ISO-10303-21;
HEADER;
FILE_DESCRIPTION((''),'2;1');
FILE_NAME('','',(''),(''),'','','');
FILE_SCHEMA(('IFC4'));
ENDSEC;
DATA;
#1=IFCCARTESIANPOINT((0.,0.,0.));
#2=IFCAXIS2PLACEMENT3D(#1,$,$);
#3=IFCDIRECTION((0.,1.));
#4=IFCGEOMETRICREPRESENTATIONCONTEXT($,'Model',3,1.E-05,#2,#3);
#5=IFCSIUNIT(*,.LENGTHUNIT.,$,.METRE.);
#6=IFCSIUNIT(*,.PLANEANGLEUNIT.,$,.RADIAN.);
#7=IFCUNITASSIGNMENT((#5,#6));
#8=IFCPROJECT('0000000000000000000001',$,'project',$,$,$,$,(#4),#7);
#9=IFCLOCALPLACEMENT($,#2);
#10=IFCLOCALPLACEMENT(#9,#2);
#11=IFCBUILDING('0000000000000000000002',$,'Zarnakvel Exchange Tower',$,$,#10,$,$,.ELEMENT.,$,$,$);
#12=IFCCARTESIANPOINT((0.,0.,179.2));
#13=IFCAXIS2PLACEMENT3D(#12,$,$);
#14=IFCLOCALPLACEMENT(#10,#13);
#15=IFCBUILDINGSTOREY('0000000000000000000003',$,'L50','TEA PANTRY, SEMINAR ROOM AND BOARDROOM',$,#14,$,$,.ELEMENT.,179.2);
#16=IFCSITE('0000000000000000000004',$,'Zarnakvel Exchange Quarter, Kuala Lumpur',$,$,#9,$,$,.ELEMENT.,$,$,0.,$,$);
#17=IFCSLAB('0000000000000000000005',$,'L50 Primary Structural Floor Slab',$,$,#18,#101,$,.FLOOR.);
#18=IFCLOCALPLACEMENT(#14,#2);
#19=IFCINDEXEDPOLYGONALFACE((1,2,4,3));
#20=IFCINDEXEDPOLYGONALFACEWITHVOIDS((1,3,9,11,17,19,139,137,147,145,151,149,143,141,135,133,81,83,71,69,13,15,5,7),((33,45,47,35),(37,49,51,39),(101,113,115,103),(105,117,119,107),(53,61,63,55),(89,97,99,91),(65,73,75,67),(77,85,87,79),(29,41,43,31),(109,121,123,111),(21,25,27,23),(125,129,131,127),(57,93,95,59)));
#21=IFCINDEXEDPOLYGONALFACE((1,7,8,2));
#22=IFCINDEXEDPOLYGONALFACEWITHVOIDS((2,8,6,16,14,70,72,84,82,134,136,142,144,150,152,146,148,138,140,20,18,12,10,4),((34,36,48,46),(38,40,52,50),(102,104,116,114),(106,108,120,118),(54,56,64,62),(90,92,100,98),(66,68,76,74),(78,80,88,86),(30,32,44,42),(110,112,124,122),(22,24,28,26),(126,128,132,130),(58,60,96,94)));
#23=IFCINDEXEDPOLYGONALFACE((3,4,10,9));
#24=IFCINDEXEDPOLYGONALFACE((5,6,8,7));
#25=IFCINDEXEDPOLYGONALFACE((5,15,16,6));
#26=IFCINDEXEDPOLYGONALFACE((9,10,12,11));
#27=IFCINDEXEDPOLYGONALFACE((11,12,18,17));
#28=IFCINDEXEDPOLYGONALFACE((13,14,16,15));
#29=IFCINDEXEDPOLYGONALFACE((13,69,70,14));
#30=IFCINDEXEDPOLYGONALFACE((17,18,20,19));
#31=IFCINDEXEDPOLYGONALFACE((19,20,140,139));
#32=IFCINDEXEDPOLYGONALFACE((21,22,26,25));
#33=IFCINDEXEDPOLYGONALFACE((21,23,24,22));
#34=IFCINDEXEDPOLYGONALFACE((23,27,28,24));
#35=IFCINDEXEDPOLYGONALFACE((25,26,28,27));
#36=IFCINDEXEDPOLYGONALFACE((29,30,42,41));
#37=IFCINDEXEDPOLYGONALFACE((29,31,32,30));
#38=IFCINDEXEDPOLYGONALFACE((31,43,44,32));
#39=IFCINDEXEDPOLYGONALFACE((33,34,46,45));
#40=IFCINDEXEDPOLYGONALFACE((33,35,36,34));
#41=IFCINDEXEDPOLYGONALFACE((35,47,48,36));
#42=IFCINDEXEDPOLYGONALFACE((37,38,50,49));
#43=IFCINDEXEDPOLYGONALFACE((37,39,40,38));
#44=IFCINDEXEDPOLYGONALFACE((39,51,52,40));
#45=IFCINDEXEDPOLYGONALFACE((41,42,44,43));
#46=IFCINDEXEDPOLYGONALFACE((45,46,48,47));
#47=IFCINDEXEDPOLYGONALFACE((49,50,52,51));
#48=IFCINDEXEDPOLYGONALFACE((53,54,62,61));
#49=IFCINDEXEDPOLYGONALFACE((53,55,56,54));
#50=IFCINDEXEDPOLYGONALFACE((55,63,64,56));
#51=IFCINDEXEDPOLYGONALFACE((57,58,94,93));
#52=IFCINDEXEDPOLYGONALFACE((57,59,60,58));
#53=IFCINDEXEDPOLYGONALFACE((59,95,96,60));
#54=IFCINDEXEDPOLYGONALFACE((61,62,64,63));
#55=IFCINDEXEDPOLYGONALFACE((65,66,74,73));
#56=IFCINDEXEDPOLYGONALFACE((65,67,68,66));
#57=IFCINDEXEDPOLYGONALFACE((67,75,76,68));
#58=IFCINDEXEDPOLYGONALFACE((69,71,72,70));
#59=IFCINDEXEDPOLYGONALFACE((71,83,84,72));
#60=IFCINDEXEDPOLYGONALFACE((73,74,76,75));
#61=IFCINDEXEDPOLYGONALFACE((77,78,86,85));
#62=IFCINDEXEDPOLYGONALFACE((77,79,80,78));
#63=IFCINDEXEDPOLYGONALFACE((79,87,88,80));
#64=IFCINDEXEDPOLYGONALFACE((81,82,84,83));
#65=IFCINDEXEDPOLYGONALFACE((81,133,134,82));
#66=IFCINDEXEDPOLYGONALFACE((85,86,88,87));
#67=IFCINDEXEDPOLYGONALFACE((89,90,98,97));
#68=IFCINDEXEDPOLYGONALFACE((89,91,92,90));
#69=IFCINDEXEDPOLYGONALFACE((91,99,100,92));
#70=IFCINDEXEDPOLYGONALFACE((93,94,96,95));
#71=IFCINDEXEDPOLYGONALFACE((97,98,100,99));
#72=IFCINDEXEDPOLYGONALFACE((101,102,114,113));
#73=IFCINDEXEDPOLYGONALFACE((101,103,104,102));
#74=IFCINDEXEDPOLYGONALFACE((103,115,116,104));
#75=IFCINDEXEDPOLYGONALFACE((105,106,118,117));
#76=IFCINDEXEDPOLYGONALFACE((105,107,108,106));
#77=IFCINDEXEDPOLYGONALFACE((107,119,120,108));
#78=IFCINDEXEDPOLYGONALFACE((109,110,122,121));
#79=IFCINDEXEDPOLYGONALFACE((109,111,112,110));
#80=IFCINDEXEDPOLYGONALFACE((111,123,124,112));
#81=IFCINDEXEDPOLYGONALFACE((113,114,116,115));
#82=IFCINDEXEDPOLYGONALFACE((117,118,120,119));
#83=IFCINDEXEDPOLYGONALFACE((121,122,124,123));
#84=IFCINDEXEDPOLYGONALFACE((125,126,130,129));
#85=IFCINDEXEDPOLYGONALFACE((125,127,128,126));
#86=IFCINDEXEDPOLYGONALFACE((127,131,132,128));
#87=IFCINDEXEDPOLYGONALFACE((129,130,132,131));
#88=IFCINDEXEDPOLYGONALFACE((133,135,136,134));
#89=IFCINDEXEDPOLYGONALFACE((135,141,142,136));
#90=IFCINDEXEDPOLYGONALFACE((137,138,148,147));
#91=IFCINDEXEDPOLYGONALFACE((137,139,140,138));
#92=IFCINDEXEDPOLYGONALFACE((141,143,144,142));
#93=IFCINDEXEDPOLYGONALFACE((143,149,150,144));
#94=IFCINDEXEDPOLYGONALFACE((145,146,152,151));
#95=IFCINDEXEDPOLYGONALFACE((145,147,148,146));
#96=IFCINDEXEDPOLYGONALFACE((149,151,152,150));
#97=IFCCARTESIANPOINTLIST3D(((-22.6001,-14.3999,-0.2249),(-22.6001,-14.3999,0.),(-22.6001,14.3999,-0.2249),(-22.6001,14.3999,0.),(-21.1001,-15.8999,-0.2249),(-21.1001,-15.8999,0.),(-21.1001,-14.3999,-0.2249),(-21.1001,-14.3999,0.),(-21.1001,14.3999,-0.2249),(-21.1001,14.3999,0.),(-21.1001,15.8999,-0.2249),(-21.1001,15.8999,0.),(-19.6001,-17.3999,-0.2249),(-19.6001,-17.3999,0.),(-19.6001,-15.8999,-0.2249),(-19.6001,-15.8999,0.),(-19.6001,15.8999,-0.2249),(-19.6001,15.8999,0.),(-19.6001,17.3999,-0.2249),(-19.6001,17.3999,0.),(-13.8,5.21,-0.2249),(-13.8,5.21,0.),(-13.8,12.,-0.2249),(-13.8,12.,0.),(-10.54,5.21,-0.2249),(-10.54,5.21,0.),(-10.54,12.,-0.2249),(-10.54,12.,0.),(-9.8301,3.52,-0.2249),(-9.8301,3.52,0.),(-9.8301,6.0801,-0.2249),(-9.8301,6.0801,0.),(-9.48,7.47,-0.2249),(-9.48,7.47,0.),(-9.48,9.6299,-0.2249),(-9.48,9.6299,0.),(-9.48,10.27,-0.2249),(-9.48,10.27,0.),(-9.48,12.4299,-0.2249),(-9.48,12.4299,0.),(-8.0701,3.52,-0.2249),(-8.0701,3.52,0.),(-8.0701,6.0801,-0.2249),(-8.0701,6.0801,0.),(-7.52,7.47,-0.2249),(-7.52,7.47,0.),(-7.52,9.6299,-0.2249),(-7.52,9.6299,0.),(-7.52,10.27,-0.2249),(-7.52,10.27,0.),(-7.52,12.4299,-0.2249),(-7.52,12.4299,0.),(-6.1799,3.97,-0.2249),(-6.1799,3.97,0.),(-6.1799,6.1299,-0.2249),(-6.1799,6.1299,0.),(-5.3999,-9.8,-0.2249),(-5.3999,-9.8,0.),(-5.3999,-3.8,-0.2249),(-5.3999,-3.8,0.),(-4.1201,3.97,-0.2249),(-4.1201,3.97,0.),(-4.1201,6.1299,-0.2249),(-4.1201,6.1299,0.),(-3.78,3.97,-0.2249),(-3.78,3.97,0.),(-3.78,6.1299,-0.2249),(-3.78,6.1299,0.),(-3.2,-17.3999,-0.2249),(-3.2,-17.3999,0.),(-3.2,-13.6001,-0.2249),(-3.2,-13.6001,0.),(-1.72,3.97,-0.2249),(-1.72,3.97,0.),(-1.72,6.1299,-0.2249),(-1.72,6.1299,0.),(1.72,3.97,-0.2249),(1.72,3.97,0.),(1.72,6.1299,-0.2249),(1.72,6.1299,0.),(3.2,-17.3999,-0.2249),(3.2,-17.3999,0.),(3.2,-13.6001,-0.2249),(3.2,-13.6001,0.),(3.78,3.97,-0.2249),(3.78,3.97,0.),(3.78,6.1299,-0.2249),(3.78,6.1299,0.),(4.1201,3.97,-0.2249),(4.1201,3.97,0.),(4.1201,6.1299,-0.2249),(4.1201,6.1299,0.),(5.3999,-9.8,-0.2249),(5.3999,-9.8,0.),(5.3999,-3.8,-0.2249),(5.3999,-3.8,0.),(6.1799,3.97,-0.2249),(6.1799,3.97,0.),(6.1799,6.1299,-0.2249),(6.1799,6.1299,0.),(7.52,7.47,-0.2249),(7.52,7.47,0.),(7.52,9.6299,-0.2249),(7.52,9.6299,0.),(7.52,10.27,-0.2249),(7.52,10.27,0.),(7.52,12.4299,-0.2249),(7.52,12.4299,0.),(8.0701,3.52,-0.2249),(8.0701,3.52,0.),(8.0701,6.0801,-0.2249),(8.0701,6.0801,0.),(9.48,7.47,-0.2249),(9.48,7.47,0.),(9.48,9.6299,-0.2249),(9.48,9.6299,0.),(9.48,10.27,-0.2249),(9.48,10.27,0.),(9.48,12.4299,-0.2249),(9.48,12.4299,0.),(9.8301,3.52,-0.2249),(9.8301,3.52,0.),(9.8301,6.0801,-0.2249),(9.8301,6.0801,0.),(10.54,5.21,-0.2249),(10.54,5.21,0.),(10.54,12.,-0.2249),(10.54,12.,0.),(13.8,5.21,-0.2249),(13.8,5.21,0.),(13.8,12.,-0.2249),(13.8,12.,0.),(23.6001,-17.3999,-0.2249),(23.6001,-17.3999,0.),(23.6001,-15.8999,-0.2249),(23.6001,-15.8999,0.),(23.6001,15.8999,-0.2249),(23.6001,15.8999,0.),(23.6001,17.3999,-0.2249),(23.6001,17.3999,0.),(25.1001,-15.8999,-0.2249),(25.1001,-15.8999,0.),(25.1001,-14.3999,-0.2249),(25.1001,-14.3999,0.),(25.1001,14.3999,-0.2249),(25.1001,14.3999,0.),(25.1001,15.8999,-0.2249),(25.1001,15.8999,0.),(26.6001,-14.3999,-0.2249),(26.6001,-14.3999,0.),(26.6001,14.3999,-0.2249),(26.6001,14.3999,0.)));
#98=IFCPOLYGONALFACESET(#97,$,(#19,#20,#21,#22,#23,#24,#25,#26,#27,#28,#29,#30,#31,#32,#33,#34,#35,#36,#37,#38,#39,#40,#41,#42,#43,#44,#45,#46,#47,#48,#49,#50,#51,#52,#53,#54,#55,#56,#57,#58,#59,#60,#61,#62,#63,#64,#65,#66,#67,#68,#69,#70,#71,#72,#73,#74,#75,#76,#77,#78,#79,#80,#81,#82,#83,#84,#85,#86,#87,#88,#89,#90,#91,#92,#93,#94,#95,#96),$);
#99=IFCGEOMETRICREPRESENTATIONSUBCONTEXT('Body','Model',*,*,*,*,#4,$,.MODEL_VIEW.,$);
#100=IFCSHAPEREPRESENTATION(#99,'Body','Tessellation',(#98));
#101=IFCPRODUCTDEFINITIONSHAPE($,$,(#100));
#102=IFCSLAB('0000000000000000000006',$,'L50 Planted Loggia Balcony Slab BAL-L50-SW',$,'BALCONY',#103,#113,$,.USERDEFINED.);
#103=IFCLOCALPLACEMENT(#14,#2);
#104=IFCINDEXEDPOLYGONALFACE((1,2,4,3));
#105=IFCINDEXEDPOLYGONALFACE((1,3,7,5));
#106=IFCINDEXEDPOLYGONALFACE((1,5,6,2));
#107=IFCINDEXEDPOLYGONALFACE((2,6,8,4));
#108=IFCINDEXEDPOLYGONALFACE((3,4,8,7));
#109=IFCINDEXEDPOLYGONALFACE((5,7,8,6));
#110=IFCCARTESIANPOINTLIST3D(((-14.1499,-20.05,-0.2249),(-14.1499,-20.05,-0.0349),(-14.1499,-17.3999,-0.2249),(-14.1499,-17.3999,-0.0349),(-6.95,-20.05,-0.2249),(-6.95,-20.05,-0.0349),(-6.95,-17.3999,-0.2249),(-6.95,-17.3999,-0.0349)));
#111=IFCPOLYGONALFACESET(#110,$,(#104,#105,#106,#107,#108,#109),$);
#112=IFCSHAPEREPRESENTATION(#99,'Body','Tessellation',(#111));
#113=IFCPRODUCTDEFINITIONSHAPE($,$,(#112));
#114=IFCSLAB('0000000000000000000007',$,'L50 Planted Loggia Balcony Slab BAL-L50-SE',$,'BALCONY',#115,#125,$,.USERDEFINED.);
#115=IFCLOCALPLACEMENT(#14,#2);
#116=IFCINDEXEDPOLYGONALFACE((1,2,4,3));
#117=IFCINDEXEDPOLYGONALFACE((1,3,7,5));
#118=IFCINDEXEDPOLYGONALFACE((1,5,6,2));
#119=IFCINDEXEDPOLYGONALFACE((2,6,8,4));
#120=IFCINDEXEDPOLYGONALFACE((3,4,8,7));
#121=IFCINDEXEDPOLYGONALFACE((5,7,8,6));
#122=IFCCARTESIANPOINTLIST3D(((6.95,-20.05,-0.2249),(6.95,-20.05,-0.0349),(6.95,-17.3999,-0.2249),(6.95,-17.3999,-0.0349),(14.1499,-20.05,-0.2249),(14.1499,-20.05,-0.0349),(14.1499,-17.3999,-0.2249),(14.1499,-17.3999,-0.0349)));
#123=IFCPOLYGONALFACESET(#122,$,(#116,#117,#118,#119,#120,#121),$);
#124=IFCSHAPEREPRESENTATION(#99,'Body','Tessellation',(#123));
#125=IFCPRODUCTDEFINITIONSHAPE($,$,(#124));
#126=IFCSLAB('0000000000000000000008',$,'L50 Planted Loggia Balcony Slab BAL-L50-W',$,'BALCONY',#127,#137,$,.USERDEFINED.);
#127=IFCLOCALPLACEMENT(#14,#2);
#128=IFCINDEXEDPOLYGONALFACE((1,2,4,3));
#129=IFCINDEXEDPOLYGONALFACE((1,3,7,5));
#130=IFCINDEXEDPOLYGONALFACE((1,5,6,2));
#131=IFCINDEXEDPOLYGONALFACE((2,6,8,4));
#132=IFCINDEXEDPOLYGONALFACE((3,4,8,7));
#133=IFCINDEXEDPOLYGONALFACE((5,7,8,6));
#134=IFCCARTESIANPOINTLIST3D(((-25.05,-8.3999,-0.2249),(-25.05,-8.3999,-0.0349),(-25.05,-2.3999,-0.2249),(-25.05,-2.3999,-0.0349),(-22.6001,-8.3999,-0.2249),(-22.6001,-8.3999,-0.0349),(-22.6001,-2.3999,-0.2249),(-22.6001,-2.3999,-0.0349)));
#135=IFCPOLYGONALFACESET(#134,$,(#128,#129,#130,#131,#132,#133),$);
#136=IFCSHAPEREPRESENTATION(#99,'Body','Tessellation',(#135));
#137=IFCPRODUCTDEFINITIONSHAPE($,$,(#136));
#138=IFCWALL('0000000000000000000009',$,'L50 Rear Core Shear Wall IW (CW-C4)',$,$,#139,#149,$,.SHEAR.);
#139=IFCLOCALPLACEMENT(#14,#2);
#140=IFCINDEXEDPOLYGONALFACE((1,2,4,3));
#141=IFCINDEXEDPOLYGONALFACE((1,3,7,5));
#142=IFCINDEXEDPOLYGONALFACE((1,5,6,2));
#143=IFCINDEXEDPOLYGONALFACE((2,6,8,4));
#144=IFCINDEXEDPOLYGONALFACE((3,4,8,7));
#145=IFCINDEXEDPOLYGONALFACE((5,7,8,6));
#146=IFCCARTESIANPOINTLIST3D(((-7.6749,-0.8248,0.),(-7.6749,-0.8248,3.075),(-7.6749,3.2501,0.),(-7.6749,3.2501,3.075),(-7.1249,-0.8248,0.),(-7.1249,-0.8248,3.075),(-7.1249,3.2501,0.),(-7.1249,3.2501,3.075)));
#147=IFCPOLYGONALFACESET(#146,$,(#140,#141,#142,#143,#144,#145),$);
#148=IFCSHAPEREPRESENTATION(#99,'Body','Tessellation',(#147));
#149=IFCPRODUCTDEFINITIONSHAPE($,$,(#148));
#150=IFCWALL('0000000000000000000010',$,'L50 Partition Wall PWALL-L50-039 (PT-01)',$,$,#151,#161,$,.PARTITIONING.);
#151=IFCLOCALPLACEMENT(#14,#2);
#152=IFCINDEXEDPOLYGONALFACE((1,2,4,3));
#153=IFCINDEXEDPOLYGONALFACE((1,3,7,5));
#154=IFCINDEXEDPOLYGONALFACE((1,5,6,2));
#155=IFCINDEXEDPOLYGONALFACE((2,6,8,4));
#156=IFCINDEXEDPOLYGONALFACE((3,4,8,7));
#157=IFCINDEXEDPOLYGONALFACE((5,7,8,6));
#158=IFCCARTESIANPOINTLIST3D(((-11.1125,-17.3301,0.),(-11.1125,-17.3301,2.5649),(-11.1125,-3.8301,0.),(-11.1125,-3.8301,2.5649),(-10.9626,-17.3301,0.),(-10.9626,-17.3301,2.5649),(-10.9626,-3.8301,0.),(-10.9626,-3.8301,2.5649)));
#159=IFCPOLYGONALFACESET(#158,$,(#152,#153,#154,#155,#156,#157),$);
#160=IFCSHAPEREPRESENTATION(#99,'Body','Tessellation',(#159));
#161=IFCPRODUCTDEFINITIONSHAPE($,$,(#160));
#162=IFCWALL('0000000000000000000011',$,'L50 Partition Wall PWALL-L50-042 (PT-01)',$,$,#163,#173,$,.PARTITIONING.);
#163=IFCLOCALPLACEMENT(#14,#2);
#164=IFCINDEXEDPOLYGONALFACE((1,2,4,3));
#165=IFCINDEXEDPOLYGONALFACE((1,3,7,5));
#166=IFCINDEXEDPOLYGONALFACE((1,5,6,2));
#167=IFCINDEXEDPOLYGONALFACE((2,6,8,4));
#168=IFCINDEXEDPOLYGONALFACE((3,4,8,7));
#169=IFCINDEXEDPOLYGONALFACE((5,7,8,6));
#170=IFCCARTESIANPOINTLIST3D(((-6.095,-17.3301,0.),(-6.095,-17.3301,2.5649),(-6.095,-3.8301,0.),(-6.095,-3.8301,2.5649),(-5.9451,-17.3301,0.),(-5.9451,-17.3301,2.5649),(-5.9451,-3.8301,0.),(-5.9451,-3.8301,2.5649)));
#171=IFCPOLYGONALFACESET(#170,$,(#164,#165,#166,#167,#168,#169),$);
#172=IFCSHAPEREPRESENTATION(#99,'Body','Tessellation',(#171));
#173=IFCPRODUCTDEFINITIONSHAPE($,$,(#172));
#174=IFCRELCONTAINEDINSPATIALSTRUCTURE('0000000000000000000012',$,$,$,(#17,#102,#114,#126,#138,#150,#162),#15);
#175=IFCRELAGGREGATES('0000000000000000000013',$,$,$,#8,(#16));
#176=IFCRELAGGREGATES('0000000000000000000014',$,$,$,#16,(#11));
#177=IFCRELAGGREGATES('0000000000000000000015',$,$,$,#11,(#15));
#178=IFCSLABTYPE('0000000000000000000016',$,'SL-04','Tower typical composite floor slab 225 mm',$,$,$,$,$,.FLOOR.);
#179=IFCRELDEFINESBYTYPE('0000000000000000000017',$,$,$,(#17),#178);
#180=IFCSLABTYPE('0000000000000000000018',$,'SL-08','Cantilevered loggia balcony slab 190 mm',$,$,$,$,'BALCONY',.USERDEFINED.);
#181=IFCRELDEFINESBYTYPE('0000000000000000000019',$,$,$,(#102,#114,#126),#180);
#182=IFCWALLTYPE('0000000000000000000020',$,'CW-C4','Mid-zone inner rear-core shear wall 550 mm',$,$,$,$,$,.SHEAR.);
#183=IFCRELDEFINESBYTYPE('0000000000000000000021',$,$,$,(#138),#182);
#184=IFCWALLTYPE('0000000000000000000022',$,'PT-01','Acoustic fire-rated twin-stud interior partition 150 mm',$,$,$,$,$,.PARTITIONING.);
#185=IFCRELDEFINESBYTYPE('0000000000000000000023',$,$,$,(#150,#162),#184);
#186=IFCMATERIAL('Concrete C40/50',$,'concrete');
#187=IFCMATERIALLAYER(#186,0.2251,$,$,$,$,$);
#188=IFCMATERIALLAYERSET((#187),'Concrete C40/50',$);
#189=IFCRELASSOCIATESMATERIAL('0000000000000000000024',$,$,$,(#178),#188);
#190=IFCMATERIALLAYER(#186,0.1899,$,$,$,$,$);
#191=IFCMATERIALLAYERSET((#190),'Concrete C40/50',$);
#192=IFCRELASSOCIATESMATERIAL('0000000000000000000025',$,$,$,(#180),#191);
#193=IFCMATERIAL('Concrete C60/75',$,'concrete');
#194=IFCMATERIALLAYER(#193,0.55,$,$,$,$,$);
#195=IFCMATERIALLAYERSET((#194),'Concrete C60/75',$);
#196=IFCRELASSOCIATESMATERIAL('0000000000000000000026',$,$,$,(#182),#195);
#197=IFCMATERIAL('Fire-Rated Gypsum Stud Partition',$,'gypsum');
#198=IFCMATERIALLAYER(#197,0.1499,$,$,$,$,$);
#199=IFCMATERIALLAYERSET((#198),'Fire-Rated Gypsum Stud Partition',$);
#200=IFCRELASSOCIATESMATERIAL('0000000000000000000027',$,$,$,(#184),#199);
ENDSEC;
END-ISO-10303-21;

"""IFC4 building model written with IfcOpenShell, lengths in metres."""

from ifc_helpers import new_model, si_unit, direction, frame, frame_2d, origin, place, context, subcontext, project, spatial, polyline, rectangle, outline, extrude, material, layer, layer_set, type_object, element, save


model = new_model("IFC4")

# Units and contexts
model_context = context("Model", 3, precision=1e-05, world=origin(), true_north=direction((0.0, 1.0)))
body_context = subcontext(model_context, "Body", "Model", "MODEL_VIEW")
ifc_project = project(units=[si_unit("LENGTHUNIT", "METRE"), si_unit("PLANEANGLEUNIT", "RADIAN")], contexts=[model_context])

# Site, building, storey
site_placement = place(None, origin())
site = spatial("IfcSite", under=ifc_project, at=site_placement, Name="Zarnakvel Exchange Quarter, Kuala Lumpur", CompositionType="ELEMENT", RefElevation=0.0)
building_placement = place(site_placement, origin())
building = spatial("IfcBuilding", under=site, at=building_placement, Name="Zarnakvel Exchange Tower", CompositionType="ELEMENT")
storey_placement = place(building_placement, frame((0.0, 0.0, 179.2)))
storey = spatial("IfcBuildingStorey", under=building, at=storey_placement, Name="L50", Description="TEA PANTRY, SEMINAR ROOM AND BOARDROOM", CompositionType="ELEMENT", Elevation=179.2)

# Shared definitions
ifc_material_1 = material(Name="Concrete C60/75", Category="concrete")

# Slabs
ifc_material_2 = material(Name="Concrete C40/50", Category="concrete")
ifc_layer_1 = layer(ifc_material_2, 0.2251)
ifc_layer_set_1 = layer_set([ifc_layer_1], Name="Concrete C40/50")
slab_type_1 = type_object("IfcSlabType", Name="SL-04", Description="Tower typical composite floor slab 225 mm", PredefinedType="FLOOR", material=ifc_layer_set_1)
slab_1_placement = place(storey_placement, frame((0.0, 0.0, -0.2249)))
element("IfcSlab", 1, at=slab_1_placement, inside=storey, type_object=slab_type_1, Name="L50 Primary Structural Floor Slab", PredefinedType="FLOOR", context=body_context, shape_type="SweptSolid", body=[
    extrude(outline(polyline([(-22.6001, -14.3999), (-21.1001, -14.3999), (-21.1001, -15.8999), (-19.6001, -15.8999), (-19.6001, -17.3999), (-3.2, -17.3999), (-3.2, -13.6001), (3.2, -13.6001), (3.2, -17.3999), (23.6001, -17.3999), (23.6001, -15.8999), (25.1001, -15.8999), (25.1001, -14.3999), (26.6001, -14.3999), (26.6001, 14.3999), (25.1001, 14.3999), (25.1001, 15.8999), (23.6001, 15.8999), (23.6001, 17.3999), (-19.6001, 17.3999), (-19.6001, 15.8999), (-21.1001, 15.8999), (-21.1001, 14.3999), (-22.6001, 14.3999), (-22.6001, -14.3999)]), holes=[polyline([(-5.3999, -9.8), (5.3999, -9.8), (5.3999, -3.8), (-5.3999, -3.8), (-5.3999, -9.8)]), polyline([(-13.8, 5.21), (-10.54, 5.21), (-10.54, 12.0), (-13.8, 12.0), (-13.8, 5.21)]), polyline([(10.54, 5.21), (13.8, 5.21), (13.8, 12.0), (10.54, 12.0), (10.54, 5.21)]), polyline([(-9.8301, 3.52), (-8.0701, 3.52), (-8.0701, 6.0801), (-9.8301, 6.0801), (-9.8301, 3.52)]), polyline([(8.0701, 3.52), (9.8301, 3.52), (9.8301, 6.0801), (8.0701, 6.0801), (8.0701, 3.52)]), polyline([(-6.1799, 3.97), (-4.1201, 3.97), (-4.1201, 6.1299), (-6.1799, 6.1299), (-6.1799, 3.97)]), polyline([(-3.78, 3.97), (-1.72, 3.97), (-1.72, 6.1299), (-3.78, 6.1299), (-3.78, 3.97)]), polyline([(1.72, 3.97), (3.78, 3.97), (3.78, 6.1299), (1.72, 6.1299), (1.72, 3.97)]), polyline([(4.1201, 3.97), (6.1799, 3.97), (6.1799, 6.1299), (4.1201, 6.1299), (4.1201, 3.97)]), polyline([(-9.48, 7.47), (-7.52, 7.47), (-7.52, 9.6299), (-9.48, 9.6299), (-9.48, 7.47)]), polyline([(-9.48, 10.27), (-7.52, 10.27), (-7.52, 12.4299), (-9.48, 12.4299), (-9.48, 10.27)]), polyline([(7.52, 7.47), (9.48, 7.47), (9.48, 9.6299), (7.52, 9.6299), (7.52, 7.47)]), polyline([(7.52, 10.27), (9.48, 10.27), (9.48, 12.4299), (7.52, 12.4299), (7.52, 10.27)])]), origin(), (0.0, 0.0, 1.0), 0.2249),
])
ifc_layer_2 = layer(ifc_material_2, 0.1899)
ifc_layer_set_2 = layer_set([ifc_layer_2], Name="Concrete C40/50")
slab_type_2 = type_object("IfcSlabType", Name="SL-08", Description="Cantilevered loggia balcony slab 190 mm", ElementType="BALCONY", PredefinedType="USERDEFINED", material=ifc_layer_set_2)
slab_2_placement = place(storey_placement, frame((0.0, 0.0, -0.2249)))
element("IfcSlab", 2, at=slab_2_placement, inside=storey, type_object=slab_type_2, Name="L50 Planted Loggia Balcony Slab BAL-L50-SW", ObjectType="BALCONY", PredefinedType="USERDEFINED", context=body_context, shape_type="SweptSolid", body=[
    extrude(outline(polyline([(-14.1499, -20.05), (-6.95, -20.05), (-6.95, -17.3999), (-14.1499, -17.3999), (-14.1499, -20.05)])), origin(), (0.0, 0.0, 1.0), 0.1899),
])
slab_3_placement = place(storey_placement, frame((0.0, 0.0, -0.2249)))
element("IfcSlab", 3, at=slab_3_placement, inside=storey, type_object=slab_type_2, Name="L50 Planted Loggia Balcony Slab BAL-L50-SE", ObjectType="BALCONY", PredefinedType="USERDEFINED", context=body_context, shape_type="SweptSolid", body=[
    extrude(outline(polyline([(6.95, -20.05), (14.1499, -20.05), (14.1499, -17.3999), (6.95, -17.3999), (6.95, -20.05)])), origin(), (0.0, 0.0, 1.0), 0.1899),
])
slab_4_placement = place(storey_placement, frame((0.0, 0.0, -0.2249)))
element("IfcSlab", 4, at=slab_4_placement, inside=storey, type_object=slab_type_2, Name="L50 Planted Loggia Balcony Slab BAL-L50-W", ObjectType="BALCONY", PredefinedType="USERDEFINED", context=body_context, shape_type="SweptSolid", body=[
    extrude(outline(polyline([(-25.05, -8.3999), (-22.6001, -8.3999), (-22.6001, -2.3999), (-25.05, -2.3999), (-25.05, -8.3999)])), origin(), (0.0, 0.0, 1.0), 0.1899),
])

# Walls
ifc_layer_3 = layer(ifc_material_1, 0.55)
ifc_layer_set_3 = layer_set([ifc_layer_3], Name="Concrete C60/75")
wall_type_1 = type_object("IfcWallType", Name="CW-C4", Description="Mid-zone inner rear-core shear wall 550 mm", PredefinedType="SHEAR", material=ifc_layer_set_3)
wall_1_placement = place(storey_placement, frame((-7.3999, -0.825, 0.0), z_axis=(0.0, 0.0, 1.0), x_axis=(0.0, 1.0, 0.0)))
element("IfcWall", 5, at=wall_1_placement, inside=storey, type_object=wall_type_1, Name="L50 Rear Core Shear Wall IW (CW-C4)", PredefinedType="SHEAR", context=body_context, shape_type="SweptSolid", body=[
    extrude(rectangle(XDim=4.075, YDim=0.55, at=frame_2d((2.0376, 0.0))), origin(), (0.0, 0.0, 1.0), 3.075),
])
ifc_material_3 = material(Name="Fire-Rated Gypsum Stud Partition", Category="gypsum")
ifc_layer_4 = layer(ifc_material_3, 0.1499)
ifc_layer_set_4 = layer_set([ifc_layer_4], Name="Fire-Rated Gypsum Stud Partition")
wall_type_2 = type_object("IfcWallType", Name="PT-01", Description="Acoustic fire-rated twin-stud interior partition 150 mm", PredefinedType="PARTITIONING", material=ifc_layer_set_4)
wall_2_placement = place(storey_placement, frame((-11.0376, -3.8301, 0.0), z_axis=(0.0, 0.0, 1.0), x_axis=(0.0, -1.0, 0.0)))
element("IfcWall", 6, at=wall_2_placement, inside=storey, type_object=wall_type_2, Name="L50 Partition Wall PWALL-L50-039 (PT-01)", PredefinedType="PARTITIONING", context=body_context, shape_type="SweptSolid", body=[
    extrude(rectangle(XDim=13.5, YDim=0.1499, at=frame_2d((6.75, 0.0))), origin(), (0.0, 0.0, 1.0), 2.5649),
])

# Wall
wall_3_placement = place(storey_placement, frame((-6.02, -3.8301, 0.0), z_axis=(0.0, 0.0, 1.0), x_axis=(0.0, -1.0, 0.0)))
element("IfcWall", 7, at=wall_3_placement, inside=storey, type_object=wall_type_2, Name="L50 Partition Wall PWALL-L50-042 (PT-01)", PredefinedType="PARTITIONING", context=body_context, shape_type="SweptSolid", body=[
    extrude(rectangle(XDim=13.5, YDim=0.1499, at=frame_2d((6.75, 0.0))), origin(), (0.0, 0.0, 1.0), 2.5649),
])

save(model, "model.ifc")
